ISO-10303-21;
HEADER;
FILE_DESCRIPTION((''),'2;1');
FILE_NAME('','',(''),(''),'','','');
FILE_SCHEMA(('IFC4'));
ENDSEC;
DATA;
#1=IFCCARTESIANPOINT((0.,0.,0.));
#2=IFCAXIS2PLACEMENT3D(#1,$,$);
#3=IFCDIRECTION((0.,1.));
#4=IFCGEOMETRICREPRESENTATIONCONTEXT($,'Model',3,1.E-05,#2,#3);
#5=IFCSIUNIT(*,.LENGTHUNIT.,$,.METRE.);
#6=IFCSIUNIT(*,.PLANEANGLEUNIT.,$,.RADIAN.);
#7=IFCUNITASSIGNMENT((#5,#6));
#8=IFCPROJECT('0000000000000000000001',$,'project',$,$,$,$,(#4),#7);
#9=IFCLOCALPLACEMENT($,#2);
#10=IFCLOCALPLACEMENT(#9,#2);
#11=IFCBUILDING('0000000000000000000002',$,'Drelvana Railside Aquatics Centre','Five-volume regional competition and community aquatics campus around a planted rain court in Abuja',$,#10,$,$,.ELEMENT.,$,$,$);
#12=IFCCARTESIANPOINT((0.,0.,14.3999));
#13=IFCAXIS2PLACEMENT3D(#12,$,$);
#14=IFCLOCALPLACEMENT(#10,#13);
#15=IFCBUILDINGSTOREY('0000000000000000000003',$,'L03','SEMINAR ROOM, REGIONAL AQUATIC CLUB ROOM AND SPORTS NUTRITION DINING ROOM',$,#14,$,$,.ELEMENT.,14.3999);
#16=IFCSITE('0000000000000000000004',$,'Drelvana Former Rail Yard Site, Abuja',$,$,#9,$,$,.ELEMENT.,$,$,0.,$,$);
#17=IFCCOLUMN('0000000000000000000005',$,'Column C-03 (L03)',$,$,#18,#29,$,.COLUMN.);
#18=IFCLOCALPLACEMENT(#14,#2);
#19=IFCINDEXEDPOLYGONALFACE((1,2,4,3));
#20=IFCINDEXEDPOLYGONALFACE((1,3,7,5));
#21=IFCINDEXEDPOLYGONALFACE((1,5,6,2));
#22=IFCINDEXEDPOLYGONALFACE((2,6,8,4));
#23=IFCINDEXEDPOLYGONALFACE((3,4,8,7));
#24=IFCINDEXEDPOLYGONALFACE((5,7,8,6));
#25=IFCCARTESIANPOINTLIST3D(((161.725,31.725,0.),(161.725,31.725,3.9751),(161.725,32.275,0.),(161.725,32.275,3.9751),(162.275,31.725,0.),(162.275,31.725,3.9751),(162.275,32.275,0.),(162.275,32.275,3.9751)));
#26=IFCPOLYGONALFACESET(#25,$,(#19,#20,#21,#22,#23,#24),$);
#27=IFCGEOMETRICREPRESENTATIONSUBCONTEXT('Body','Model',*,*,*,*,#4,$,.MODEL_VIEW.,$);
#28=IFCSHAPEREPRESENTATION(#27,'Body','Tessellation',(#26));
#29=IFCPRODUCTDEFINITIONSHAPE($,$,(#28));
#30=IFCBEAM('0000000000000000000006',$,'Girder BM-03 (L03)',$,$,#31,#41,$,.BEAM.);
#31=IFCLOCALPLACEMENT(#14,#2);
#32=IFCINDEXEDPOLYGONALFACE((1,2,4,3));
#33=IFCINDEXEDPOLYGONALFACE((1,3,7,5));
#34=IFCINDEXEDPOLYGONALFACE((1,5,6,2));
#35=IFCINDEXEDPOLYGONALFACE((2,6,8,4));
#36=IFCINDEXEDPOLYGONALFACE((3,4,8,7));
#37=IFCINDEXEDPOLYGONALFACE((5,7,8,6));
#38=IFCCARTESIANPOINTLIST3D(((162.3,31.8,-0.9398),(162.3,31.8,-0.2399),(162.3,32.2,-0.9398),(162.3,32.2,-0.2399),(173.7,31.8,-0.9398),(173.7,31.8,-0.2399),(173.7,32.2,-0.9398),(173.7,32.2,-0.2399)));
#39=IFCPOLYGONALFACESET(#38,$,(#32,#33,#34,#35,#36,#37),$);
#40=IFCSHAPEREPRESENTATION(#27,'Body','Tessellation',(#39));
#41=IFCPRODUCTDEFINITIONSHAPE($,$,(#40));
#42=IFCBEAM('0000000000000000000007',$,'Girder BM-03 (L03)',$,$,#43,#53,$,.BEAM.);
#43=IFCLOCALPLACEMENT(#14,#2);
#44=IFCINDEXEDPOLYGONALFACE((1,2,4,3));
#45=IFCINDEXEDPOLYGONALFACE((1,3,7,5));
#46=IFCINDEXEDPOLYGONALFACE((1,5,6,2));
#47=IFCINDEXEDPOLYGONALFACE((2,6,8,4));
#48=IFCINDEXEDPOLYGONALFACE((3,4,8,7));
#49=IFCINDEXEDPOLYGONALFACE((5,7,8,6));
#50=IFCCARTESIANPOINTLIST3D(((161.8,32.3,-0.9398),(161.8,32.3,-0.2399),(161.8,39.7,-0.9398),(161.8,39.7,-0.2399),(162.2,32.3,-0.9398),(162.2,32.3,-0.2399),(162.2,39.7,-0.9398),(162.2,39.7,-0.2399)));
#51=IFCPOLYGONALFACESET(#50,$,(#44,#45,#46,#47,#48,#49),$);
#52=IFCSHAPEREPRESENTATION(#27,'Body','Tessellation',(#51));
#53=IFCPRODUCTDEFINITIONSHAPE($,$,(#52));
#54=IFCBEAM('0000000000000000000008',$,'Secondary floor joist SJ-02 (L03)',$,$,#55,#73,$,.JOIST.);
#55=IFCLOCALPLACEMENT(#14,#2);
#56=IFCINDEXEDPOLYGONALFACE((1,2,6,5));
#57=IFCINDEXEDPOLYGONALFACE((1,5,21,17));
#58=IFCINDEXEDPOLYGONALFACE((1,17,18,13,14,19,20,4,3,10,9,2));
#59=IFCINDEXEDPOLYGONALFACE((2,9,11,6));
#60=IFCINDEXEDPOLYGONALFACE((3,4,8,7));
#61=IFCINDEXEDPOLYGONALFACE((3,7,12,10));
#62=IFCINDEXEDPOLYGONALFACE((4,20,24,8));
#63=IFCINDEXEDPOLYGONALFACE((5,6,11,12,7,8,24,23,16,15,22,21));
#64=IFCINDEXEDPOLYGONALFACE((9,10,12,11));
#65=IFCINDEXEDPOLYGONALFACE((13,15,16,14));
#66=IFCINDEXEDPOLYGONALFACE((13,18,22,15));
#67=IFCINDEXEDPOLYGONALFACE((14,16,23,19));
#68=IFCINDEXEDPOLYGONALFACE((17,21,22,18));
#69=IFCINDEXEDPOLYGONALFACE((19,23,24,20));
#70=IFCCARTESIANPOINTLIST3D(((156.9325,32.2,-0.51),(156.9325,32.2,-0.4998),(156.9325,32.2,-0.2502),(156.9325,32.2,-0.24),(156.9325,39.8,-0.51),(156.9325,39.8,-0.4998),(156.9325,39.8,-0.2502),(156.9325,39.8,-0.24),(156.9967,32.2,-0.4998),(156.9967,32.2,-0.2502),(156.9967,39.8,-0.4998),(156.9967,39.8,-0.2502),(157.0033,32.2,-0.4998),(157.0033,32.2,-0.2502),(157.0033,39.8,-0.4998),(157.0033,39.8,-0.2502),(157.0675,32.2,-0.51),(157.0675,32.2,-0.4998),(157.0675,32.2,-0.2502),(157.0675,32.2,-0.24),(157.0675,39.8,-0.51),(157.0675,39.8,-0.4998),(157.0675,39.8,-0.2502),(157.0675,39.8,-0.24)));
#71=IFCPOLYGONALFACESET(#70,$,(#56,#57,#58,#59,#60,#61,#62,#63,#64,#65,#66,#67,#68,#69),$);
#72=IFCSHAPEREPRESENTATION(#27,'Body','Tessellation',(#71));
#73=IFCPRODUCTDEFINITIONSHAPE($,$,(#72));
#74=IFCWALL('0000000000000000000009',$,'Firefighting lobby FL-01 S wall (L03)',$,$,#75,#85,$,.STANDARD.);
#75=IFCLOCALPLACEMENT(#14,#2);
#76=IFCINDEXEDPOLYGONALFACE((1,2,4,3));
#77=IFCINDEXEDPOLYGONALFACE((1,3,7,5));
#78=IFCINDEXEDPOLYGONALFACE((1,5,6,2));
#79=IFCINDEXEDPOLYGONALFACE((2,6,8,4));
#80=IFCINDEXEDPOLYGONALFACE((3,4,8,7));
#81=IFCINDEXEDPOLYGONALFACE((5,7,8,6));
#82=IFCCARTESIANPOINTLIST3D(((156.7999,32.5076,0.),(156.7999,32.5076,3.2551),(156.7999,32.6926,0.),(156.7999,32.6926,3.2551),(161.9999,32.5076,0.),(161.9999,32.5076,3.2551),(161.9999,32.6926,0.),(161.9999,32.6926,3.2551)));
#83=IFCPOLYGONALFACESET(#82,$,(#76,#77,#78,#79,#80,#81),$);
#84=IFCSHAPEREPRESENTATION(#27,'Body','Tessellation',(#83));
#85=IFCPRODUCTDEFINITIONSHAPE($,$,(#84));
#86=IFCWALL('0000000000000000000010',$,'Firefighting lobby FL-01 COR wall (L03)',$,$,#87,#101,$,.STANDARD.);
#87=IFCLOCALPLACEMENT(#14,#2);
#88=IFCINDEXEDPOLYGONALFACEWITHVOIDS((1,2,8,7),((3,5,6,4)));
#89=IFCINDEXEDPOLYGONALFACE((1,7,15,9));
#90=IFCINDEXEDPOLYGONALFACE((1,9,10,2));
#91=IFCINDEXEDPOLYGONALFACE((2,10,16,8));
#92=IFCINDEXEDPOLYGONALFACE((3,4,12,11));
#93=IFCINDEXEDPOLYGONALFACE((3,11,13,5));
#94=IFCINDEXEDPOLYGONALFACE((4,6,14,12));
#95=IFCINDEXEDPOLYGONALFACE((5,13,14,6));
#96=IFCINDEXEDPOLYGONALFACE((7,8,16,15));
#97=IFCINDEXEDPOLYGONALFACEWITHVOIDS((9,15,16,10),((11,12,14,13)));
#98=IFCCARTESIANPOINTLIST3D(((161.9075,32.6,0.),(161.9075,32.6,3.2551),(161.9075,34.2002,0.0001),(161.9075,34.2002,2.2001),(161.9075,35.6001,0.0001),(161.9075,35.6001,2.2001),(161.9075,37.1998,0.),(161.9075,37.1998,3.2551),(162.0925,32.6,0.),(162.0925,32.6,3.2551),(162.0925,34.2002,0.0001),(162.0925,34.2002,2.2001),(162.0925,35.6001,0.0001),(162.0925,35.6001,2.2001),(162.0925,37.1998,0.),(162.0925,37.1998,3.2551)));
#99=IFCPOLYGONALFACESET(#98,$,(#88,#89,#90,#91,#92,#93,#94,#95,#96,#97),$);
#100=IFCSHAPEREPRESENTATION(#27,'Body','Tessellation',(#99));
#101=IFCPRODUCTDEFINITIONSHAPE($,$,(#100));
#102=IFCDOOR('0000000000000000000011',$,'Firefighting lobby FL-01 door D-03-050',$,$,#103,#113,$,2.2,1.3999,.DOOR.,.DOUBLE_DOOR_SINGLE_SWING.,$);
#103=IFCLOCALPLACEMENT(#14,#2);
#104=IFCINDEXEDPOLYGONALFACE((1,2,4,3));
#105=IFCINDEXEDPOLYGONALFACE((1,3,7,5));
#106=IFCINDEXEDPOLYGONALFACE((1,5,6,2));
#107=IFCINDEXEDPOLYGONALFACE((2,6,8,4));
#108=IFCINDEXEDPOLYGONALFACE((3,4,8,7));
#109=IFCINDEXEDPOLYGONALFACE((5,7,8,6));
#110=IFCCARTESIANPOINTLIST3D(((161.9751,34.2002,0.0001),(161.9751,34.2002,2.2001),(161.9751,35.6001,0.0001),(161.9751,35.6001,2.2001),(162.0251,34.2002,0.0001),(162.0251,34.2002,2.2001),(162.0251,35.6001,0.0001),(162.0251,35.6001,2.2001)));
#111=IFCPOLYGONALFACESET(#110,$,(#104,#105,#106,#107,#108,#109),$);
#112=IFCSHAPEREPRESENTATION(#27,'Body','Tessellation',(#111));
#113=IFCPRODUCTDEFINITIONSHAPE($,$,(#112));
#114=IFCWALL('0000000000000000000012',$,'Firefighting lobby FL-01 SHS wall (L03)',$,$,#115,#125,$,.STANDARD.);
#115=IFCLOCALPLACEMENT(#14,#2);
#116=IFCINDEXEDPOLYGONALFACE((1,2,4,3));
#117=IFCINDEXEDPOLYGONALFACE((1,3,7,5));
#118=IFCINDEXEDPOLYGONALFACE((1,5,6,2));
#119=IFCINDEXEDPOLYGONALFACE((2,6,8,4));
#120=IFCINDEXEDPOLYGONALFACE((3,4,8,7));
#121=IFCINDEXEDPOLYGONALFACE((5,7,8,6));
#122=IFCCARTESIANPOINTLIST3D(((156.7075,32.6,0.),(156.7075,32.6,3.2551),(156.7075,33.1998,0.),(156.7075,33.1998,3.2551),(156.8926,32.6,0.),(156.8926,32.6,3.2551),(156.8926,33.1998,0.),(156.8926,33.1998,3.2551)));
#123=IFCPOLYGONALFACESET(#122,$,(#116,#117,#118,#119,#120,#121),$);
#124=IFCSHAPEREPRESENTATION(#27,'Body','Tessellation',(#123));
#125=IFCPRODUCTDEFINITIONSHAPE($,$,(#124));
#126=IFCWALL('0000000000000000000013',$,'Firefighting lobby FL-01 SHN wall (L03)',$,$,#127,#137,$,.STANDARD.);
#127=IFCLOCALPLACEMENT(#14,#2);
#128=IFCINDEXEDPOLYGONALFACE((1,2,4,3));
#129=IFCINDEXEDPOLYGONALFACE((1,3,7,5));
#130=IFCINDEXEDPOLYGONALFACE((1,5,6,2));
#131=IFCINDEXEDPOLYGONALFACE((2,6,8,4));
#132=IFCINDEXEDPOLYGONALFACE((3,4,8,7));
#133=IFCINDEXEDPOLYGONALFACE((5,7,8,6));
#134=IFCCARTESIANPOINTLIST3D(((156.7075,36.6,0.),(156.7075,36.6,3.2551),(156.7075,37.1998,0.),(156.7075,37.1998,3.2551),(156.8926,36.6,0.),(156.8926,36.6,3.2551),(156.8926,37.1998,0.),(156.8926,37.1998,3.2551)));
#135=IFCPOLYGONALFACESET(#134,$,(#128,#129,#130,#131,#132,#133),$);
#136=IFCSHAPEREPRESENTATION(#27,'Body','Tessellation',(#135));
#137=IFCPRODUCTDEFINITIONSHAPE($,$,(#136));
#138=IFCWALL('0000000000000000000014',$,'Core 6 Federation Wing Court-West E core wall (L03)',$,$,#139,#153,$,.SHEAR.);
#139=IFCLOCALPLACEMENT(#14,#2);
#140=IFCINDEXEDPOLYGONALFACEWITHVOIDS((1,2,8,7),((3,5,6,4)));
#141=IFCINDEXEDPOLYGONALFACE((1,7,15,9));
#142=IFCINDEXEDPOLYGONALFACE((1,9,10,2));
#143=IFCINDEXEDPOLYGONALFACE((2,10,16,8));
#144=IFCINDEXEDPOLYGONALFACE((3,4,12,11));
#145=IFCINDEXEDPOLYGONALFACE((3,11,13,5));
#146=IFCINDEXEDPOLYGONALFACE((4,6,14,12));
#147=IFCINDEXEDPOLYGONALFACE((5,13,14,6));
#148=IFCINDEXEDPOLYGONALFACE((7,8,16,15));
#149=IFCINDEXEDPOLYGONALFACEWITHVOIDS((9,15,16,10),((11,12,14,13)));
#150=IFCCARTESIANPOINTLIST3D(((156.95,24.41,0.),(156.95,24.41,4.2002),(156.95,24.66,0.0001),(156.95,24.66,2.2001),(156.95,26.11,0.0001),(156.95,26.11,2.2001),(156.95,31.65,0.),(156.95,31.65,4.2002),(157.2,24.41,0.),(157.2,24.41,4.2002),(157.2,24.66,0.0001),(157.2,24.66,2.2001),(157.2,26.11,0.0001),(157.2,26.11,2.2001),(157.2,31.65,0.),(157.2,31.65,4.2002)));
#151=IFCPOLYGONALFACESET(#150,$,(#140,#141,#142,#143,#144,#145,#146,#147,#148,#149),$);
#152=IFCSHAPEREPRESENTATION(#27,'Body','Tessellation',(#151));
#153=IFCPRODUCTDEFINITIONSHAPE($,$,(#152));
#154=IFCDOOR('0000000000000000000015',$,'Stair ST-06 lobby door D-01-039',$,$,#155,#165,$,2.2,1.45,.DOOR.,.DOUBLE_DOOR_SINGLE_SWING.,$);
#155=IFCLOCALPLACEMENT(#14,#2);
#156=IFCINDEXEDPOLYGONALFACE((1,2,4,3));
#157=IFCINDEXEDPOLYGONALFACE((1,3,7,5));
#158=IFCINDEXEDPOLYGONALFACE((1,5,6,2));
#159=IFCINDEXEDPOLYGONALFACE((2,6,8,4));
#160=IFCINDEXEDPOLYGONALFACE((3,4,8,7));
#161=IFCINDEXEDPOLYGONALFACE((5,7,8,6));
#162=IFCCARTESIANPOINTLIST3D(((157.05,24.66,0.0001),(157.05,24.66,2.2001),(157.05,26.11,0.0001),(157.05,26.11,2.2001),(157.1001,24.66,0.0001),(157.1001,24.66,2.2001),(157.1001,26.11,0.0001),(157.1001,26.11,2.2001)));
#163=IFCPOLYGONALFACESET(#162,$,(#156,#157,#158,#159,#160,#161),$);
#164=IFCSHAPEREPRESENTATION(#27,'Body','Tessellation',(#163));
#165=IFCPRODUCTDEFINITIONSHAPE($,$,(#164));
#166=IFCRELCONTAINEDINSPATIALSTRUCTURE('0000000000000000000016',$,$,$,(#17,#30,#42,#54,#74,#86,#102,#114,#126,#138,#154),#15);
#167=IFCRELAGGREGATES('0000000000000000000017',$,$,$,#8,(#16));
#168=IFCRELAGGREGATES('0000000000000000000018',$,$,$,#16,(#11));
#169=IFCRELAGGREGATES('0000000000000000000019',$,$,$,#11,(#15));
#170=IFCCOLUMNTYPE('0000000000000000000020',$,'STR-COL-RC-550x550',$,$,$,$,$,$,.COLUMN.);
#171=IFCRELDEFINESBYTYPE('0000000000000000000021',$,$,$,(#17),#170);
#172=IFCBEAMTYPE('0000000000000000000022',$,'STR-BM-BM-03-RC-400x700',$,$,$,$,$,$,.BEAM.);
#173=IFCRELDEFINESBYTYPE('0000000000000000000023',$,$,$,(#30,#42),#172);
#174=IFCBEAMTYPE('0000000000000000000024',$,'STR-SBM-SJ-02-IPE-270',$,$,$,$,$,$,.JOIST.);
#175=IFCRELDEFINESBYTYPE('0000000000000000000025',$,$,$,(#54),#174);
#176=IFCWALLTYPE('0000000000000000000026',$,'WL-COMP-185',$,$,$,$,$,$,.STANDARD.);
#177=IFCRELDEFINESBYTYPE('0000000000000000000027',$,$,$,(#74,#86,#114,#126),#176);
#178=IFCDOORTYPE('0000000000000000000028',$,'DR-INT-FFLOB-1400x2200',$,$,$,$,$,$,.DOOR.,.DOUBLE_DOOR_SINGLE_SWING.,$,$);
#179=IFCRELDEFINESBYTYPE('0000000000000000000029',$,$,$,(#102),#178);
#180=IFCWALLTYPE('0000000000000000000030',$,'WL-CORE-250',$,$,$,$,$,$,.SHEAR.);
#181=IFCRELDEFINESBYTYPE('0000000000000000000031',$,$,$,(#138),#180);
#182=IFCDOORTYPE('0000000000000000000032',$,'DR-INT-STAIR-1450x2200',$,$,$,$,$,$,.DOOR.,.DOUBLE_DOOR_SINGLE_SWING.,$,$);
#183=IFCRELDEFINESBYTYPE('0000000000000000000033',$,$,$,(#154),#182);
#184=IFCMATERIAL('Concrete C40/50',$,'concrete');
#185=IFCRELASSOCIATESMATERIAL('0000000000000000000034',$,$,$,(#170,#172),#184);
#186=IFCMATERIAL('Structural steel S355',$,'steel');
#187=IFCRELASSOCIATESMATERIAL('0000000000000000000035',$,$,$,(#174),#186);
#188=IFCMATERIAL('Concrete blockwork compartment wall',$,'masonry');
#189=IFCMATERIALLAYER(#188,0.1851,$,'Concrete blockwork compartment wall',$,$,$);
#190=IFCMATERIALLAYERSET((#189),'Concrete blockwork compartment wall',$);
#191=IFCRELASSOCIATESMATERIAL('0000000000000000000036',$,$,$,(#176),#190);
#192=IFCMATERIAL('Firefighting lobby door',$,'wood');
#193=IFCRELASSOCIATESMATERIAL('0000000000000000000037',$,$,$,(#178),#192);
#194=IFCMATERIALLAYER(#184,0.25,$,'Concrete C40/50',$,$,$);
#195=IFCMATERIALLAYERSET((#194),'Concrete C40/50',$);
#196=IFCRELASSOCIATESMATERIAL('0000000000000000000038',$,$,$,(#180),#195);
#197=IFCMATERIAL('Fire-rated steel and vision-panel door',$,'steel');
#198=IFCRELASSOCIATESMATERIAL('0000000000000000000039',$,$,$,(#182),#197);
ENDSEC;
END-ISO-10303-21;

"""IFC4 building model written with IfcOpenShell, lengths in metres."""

from ifc_helpers import new_model, si_unit, direction, frame, frame_2d, origin, origin_2d, place, context, subcontext, project, spatial, rectangle, i_section, extrude, material, layer, layer_set, material_profile, profile_set, type_object, element, fill, save


model = new_model("IFC4")

# Units and contexts
model_context = context("Model", 3, precision=1e-05, world=origin(), true_north=direction((0.0, 1.0)))
body_context = subcontext(model_context, "Body", "Model", "MODEL_VIEW")
ifc_project = project(units=[si_unit("LENGTHUNIT", "METRE"), si_unit("PLANEANGLEUNIT", "RADIAN")], contexts=[model_context])

# Site, building, storey
site_placement = place(None, origin())
site = spatial("IfcSite", under=ifc_project, at=site_placement, Name="Drelvana Former Rail Yard Site, Abuja", CompositionType="ELEMENT", RefElevation=0.0)
building_placement = place(site_placement, origin())
building = spatial("IfcBuilding", under=site, at=building_placement, Name="Drelvana Railside Aquatics Centre", Description="Five-volume regional competition and community aquatics campus around a planted rain court in Abuja", CompositionType="ELEMENT")
storey_placement = place(building_placement, frame((0.0, 0.0, 14.3999)))
storey = spatial("IfcBuildingStorey", under=building, at=storey_placement, Name="L03", Description="SEMINAR ROOM, REGIONAL AQUATIC CLUB ROOM AND SPORTS NUTRITION DINING ROOM", CompositionType="ELEMENT", Elevation=14.3999)

# Column
ifc_material_1 = material(Name="Concrete C40/50", Category="concrete")
ifc_material_profile_1 = material_profile(ifc_material_1, rectangle(XDim=0.55, YDim=0.55, at=origin_2d()), Name="RC 550x550")
ifc_profile_set_1 = profile_set([ifc_material_profile_1], Name="Concrete C40/50")
column_type = type_object("IfcColumnType", Name="STR-COL-RC-550x550", PredefinedType="COLUMN", material=ifc_profile_set_1)
column_placement = place(storey_placement, frame((162.0, 32.0, 0.0), z_axis=(0.0, 0.0, 1.0), x_axis=(1.0, 0.0, 0.0)))
element("IfcColumn", 1, at=column_placement, inside=storey, type_object=column_type, Name="Column C-03 (L03)", PredefinedType="COLUMN", context=body_context, shape_type="SweptSolid", body=[
    extrude(rectangle(XDim=0.55, YDim=0.55, at=origin_2d()), origin(), (0.0, 0.0, 1.0), 3.9751),
])

# Beams
ifc_material_profile_2 = material_profile(ifc_material_1, rectangle(XDim=0.3999, YDim=0.7, at=origin_2d()), Name="RC 400x700")
ifc_profile_set_2 = profile_set([ifc_material_profile_2], Name="Concrete C40/50")
beam_type_1 = type_object("IfcBeamType", Name="STR-BM-BM-03-RC-400x700", PredefinedType="BEAM", material=ifc_profile_set_2)
beam_1_placement = place(storey_placement, frame((162.3, 32.0, -0.5898), z_axis=(1.0, 0.0, 0.0), x_axis=(0.0, 1.0, 0.0)))
element("IfcBeam", 2, at=beam_1_placement, inside=storey, type_object=beam_type_1, Name="Girder BM-03 (L03)", PredefinedType="BEAM", context=body_context, shape_type="SweptSolid", body=[
    extrude(rectangle(XDim=0.3999, YDim=0.7, at=origin_2d()), origin(), (0.0, 0.0, 1.0), 11.3999),
])
beam_2_placement = place(storey_placement, frame((162.0, 32.3, -0.5898), z_axis=(0.0, 1.0, 0.0), x_axis=(-1.0, 0.0, 0.0)))
element("IfcBeam", 3, at=beam_2_placement, inside=storey, type_object=beam_type_1, Name="Girder BM-03 (L03)", PredefinedType="BEAM", context=body_context, shape_type="SweptSolid", body=[
    extrude(rectangle(XDim=0.3999, YDim=0.7, at=origin_2d()), origin(), (0.0, 0.0, 1.0), 7.3999),
])
ifc_material_2 = material(Name="Structural steel S355", Category="steel")
ifc_material_profile_3 = material_profile(ifc_material_2, i_section(OverallWidth=0.135, OverallDepth=0.27, WebThickness=0.0066, FlangeThickness=0.0103, at=origin_2d()), Name="IPE 270")
ifc_profile_set_3 = profile_set([ifc_material_profile_3], Name="Structural steel S355")
beam_type_2 = type_object("IfcBeamType", Name="STR-SBM-SJ-02-IPE-270", PredefinedType="JOIST", material=ifc_profile_set_3)
beam_3_placement = place(storey_placement, frame((157.0, 32.2, -0.375), z_axis=(0.0, 1.0, 0.0), x_axis=(-1.0, 0.0, 0.0)))
element("IfcBeam", 4, at=beam_3_placement, inside=storey, type_object=beam_type_2, Name="Secondary floor joist SJ-02 (L03)", PredefinedType="JOIST", context=body_context, shape_type="SweptSolid", body=[
    extrude(i_section(OverallWidth=0.135, OverallDepth=0.27, WebThickness=0.0066, FlangeThickness=0.0103, at=origin_2d()), origin(), (0.0, 0.0, 1.0), 7.6001),
])

# Wall
ifc_material_3 = material(Name="Concrete blockwork compartment wall", Category="masonry")
ifc_layer_1 = layer(ifc_material_3, 0.1851, Name="Concrete blockwork compartment wall")
ifc_layer_set_1 = layer_set([ifc_layer_1], Name="Concrete blockwork compartment wall")
wall_type_1 = type_object("IfcWallType", Name="WL-COMP-185", PredefinedType="STANDARD", material=ifc_layer_set_1)
wall_1_placement = place(storey_placement, frame((162.0, 32.6001, 0.0), z_axis=(0.0, 0.0, 1.0), x_axis=(-1.0, 0.0, 0.0)))
element("IfcWall", 5, at=wall_1_placement, inside=storey, type_object=wall_type_1, Name="Firefighting lobby FL-01 S wall (L03)", PredefinedType="STANDARD", context=body_context, shape_type="SweptSolid", body=[
    extrude(rectangle(XDim=5.2, YDim=0.1851, at=frame_2d((2.6001, 0.0))), origin(), (0.0, 0.0, 1.0), 3.2551),
])

# Wall, opening, door
wall_2_placement = place(storey_placement, frame((162.0, 32.6001, 0.0), z_axis=(0.0, 0.0, 1.0), x_axis=(0.0, 1.0, 0.0)))
wall_2 = element("IfcWall", 6, at=wall_2_placement, inside=storey, type_object=wall_type_1, Name="Firefighting lobby FL-01 COR wall (L03)", PredefinedType="STANDARD", context=body_context, shape_type="SweptSolid", body=[
    extrude(rectangle(XDim=4.5999, YDim=0.1851, at=frame_2d((2.2998, 0.0))), origin(), (0.0, 0.0, 1.0), 3.2551),
])
opening_1_placement = place(wall_2_placement, frame((1.6001, 0.0, 0.0)))
opening_1 = element("IfcOpeningElement", 7, at=opening_1_placement, cuts=wall_2, PredefinedType="OPENING", context=body_context, shape_type="SweptSolid", body=[
    extrude(rectangle(XDim=1.3999, YDim=2.2, at=frame_2d((0.7, 1.1001))), frame((0.0, 0.1025, 0.0), z_axis=(0.0, -1.0, 0.0), x_axis=(1.0, 0.0, 0.0)), (0.0, 0.0, 1.0), 0.2051),
])
ifc_material_4 = material(Name="Firefighting lobby door", Category="wood")
door_type_1 = type_object("IfcDoorType", Name="DR-INT-FFLOB-1400x2200", OperationType="DOUBLE_DOOR_SINGLE_SWING", PredefinedType="DOOR", material=ifc_material_4)
door_1_placement = place(opening_1_placement, origin())
door_1 = element("IfcDoor", 8, at=door_1_placement, inside=storey, type_object=door_type_1, Name="Firefighting lobby FL-01 door D-03-050", OperationType="DOUBLE_DOOR_SINGLE_SWING", OverallHeight=2.2, OverallWidth=1.3999, PredefinedType="DOOR", context=body_context, shape_type="SweptSolid", body=[
    extrude(rectangle(XDim=1.3999, YDim=2.2, at=frame_2d((0.7, 1.1001))), frame((0.0, 0.0249, 0.0), z_axis=(0.0, -1.0, 0.0), x_axis=(1.0, 0.0, 0.0)), (0.0, 0.0, 1.0), 0.05),
])
fill(opening_1, door_1)

# Walls
for number, where, z_axis, x_axis, name in (
    (9, (156.8, 32.6001, 0.0), (0.0, 0.0, 1.0), (0.0, 1.0, 0.0), "Firefighting lobby FL-01 SHS wall (L03)"),
    (10, (156.8, 36.6001, 0.0), (0.0, 0.0, 1.0), (0.0, 1.0, 0.0), "Firefighting lobby FL-01 SHN wall (L03)"),
):
    element("IfcWall", number, at=place(storey_placement, frame(where, z_axis=z_axis, x_axis=x_axis)), inside=storey, type_object=wall_type_1, Name=name, PredefinedType="STANDARD", context=body_context, shape_type="SweptSolid", body=[
        extrude(rectangle(XDim=0.5999, YDim=0.1851, at=frame_2d((0.2998, 0.0))), origin(), (0.0, 0.0, 1.0), 3.2551),
    ])

# Wall, opening, door
ifc_layer_2 = layer(ifc_material_1, 0.25, Name="Concrete C40/50")
ifc_layer_set_2 = layer_set([ifc_layer_2], Name="Concrete C40/50")
wall_type_2 = type_object("IfcWallType", Name="WL-CORE-250", PredefinedType="SHEAR", material=ifc_layer_set_2)
wall_3_placement = place(storey_placement, frame((157.075, 24.4099, 0.0), z_axis=(0.0, 0.0, 1.0), x_axis=(0.0, 1.0, 0.0)))
wall_3 = element("IfcWall", 11, at=wall_3_placement, inside=storey, type_object=wall_type_2, Name="Core 6 Federation Wing Court-West E core wall (L03)", PredefinedType="SHEAR", context=body_context, shape_type="SweptSolid", body=[
    extrude(rectangle(XDim=7.24, YDim=0.25, at=frame_2d((3.6201, 0.0))), origin(), (0.0, 0.0, 1.0), 4.2002),
])
opening_2_placement = place(wall_3_placement, frame((0.25, 0.0, 0.0)))
opening_2 = element("IfcOpeningElement", 12, at=opening_2_placement, cuts=wall_3, PredefinedType="OPENING", context=body_context, shape_type="SweptSolid", body=[
    extrude(rectangle(XDim=1.45, YDim=2.2, at=frame_2d((0.7251, 1.1001))), frame((0.0, 0.135, 0.0), z_axis=(0.0, -1.0, 0.0), x_axis=(1.0, 0.0, 0.0)), (0.0, 0.0, 1.0), 0.27),
])
ifc_material_5 = material(Name="Fire-rated steel and vision-panel door", Category="steel")
door_type_2 = type_object("IfcDoorType", Name="DR-INT-STAIR-1450x2200", OperationType="DOUBLE_DOOR_SINGLE_SWING", PredefinedType="DOOR", material=ifc_material_5)
door_2_placement = place(opening_2_placement, origin())
door_2 = element("IfcDoor", 13, at=door_2_placement, inside=storey, type_object=door_type_2, Name="Stair ST-06 lobby door D-01-039", OperationType="DOUBLE_DOOR_SINGLE_SWING", OverallHeight=2.2, OverallWidth=1.45, PredefinedType="DOOR", context=body_context, shape_type="SweptSolid", body=[
    extrude(rectangle(XDim=1.45, YDim=2.2, at=frame_2d((0.7251, 1.1001))), frame((0.0, 0.0249, 0.0), z_axis=(0.0, -1.0, 0.0), x_axis=(1.0, 0.0, 0.0)), (0.0, 0.0, 1.0), 0.05),
])
fill(opening_2, door_2)

save(model, "model.ifc")
